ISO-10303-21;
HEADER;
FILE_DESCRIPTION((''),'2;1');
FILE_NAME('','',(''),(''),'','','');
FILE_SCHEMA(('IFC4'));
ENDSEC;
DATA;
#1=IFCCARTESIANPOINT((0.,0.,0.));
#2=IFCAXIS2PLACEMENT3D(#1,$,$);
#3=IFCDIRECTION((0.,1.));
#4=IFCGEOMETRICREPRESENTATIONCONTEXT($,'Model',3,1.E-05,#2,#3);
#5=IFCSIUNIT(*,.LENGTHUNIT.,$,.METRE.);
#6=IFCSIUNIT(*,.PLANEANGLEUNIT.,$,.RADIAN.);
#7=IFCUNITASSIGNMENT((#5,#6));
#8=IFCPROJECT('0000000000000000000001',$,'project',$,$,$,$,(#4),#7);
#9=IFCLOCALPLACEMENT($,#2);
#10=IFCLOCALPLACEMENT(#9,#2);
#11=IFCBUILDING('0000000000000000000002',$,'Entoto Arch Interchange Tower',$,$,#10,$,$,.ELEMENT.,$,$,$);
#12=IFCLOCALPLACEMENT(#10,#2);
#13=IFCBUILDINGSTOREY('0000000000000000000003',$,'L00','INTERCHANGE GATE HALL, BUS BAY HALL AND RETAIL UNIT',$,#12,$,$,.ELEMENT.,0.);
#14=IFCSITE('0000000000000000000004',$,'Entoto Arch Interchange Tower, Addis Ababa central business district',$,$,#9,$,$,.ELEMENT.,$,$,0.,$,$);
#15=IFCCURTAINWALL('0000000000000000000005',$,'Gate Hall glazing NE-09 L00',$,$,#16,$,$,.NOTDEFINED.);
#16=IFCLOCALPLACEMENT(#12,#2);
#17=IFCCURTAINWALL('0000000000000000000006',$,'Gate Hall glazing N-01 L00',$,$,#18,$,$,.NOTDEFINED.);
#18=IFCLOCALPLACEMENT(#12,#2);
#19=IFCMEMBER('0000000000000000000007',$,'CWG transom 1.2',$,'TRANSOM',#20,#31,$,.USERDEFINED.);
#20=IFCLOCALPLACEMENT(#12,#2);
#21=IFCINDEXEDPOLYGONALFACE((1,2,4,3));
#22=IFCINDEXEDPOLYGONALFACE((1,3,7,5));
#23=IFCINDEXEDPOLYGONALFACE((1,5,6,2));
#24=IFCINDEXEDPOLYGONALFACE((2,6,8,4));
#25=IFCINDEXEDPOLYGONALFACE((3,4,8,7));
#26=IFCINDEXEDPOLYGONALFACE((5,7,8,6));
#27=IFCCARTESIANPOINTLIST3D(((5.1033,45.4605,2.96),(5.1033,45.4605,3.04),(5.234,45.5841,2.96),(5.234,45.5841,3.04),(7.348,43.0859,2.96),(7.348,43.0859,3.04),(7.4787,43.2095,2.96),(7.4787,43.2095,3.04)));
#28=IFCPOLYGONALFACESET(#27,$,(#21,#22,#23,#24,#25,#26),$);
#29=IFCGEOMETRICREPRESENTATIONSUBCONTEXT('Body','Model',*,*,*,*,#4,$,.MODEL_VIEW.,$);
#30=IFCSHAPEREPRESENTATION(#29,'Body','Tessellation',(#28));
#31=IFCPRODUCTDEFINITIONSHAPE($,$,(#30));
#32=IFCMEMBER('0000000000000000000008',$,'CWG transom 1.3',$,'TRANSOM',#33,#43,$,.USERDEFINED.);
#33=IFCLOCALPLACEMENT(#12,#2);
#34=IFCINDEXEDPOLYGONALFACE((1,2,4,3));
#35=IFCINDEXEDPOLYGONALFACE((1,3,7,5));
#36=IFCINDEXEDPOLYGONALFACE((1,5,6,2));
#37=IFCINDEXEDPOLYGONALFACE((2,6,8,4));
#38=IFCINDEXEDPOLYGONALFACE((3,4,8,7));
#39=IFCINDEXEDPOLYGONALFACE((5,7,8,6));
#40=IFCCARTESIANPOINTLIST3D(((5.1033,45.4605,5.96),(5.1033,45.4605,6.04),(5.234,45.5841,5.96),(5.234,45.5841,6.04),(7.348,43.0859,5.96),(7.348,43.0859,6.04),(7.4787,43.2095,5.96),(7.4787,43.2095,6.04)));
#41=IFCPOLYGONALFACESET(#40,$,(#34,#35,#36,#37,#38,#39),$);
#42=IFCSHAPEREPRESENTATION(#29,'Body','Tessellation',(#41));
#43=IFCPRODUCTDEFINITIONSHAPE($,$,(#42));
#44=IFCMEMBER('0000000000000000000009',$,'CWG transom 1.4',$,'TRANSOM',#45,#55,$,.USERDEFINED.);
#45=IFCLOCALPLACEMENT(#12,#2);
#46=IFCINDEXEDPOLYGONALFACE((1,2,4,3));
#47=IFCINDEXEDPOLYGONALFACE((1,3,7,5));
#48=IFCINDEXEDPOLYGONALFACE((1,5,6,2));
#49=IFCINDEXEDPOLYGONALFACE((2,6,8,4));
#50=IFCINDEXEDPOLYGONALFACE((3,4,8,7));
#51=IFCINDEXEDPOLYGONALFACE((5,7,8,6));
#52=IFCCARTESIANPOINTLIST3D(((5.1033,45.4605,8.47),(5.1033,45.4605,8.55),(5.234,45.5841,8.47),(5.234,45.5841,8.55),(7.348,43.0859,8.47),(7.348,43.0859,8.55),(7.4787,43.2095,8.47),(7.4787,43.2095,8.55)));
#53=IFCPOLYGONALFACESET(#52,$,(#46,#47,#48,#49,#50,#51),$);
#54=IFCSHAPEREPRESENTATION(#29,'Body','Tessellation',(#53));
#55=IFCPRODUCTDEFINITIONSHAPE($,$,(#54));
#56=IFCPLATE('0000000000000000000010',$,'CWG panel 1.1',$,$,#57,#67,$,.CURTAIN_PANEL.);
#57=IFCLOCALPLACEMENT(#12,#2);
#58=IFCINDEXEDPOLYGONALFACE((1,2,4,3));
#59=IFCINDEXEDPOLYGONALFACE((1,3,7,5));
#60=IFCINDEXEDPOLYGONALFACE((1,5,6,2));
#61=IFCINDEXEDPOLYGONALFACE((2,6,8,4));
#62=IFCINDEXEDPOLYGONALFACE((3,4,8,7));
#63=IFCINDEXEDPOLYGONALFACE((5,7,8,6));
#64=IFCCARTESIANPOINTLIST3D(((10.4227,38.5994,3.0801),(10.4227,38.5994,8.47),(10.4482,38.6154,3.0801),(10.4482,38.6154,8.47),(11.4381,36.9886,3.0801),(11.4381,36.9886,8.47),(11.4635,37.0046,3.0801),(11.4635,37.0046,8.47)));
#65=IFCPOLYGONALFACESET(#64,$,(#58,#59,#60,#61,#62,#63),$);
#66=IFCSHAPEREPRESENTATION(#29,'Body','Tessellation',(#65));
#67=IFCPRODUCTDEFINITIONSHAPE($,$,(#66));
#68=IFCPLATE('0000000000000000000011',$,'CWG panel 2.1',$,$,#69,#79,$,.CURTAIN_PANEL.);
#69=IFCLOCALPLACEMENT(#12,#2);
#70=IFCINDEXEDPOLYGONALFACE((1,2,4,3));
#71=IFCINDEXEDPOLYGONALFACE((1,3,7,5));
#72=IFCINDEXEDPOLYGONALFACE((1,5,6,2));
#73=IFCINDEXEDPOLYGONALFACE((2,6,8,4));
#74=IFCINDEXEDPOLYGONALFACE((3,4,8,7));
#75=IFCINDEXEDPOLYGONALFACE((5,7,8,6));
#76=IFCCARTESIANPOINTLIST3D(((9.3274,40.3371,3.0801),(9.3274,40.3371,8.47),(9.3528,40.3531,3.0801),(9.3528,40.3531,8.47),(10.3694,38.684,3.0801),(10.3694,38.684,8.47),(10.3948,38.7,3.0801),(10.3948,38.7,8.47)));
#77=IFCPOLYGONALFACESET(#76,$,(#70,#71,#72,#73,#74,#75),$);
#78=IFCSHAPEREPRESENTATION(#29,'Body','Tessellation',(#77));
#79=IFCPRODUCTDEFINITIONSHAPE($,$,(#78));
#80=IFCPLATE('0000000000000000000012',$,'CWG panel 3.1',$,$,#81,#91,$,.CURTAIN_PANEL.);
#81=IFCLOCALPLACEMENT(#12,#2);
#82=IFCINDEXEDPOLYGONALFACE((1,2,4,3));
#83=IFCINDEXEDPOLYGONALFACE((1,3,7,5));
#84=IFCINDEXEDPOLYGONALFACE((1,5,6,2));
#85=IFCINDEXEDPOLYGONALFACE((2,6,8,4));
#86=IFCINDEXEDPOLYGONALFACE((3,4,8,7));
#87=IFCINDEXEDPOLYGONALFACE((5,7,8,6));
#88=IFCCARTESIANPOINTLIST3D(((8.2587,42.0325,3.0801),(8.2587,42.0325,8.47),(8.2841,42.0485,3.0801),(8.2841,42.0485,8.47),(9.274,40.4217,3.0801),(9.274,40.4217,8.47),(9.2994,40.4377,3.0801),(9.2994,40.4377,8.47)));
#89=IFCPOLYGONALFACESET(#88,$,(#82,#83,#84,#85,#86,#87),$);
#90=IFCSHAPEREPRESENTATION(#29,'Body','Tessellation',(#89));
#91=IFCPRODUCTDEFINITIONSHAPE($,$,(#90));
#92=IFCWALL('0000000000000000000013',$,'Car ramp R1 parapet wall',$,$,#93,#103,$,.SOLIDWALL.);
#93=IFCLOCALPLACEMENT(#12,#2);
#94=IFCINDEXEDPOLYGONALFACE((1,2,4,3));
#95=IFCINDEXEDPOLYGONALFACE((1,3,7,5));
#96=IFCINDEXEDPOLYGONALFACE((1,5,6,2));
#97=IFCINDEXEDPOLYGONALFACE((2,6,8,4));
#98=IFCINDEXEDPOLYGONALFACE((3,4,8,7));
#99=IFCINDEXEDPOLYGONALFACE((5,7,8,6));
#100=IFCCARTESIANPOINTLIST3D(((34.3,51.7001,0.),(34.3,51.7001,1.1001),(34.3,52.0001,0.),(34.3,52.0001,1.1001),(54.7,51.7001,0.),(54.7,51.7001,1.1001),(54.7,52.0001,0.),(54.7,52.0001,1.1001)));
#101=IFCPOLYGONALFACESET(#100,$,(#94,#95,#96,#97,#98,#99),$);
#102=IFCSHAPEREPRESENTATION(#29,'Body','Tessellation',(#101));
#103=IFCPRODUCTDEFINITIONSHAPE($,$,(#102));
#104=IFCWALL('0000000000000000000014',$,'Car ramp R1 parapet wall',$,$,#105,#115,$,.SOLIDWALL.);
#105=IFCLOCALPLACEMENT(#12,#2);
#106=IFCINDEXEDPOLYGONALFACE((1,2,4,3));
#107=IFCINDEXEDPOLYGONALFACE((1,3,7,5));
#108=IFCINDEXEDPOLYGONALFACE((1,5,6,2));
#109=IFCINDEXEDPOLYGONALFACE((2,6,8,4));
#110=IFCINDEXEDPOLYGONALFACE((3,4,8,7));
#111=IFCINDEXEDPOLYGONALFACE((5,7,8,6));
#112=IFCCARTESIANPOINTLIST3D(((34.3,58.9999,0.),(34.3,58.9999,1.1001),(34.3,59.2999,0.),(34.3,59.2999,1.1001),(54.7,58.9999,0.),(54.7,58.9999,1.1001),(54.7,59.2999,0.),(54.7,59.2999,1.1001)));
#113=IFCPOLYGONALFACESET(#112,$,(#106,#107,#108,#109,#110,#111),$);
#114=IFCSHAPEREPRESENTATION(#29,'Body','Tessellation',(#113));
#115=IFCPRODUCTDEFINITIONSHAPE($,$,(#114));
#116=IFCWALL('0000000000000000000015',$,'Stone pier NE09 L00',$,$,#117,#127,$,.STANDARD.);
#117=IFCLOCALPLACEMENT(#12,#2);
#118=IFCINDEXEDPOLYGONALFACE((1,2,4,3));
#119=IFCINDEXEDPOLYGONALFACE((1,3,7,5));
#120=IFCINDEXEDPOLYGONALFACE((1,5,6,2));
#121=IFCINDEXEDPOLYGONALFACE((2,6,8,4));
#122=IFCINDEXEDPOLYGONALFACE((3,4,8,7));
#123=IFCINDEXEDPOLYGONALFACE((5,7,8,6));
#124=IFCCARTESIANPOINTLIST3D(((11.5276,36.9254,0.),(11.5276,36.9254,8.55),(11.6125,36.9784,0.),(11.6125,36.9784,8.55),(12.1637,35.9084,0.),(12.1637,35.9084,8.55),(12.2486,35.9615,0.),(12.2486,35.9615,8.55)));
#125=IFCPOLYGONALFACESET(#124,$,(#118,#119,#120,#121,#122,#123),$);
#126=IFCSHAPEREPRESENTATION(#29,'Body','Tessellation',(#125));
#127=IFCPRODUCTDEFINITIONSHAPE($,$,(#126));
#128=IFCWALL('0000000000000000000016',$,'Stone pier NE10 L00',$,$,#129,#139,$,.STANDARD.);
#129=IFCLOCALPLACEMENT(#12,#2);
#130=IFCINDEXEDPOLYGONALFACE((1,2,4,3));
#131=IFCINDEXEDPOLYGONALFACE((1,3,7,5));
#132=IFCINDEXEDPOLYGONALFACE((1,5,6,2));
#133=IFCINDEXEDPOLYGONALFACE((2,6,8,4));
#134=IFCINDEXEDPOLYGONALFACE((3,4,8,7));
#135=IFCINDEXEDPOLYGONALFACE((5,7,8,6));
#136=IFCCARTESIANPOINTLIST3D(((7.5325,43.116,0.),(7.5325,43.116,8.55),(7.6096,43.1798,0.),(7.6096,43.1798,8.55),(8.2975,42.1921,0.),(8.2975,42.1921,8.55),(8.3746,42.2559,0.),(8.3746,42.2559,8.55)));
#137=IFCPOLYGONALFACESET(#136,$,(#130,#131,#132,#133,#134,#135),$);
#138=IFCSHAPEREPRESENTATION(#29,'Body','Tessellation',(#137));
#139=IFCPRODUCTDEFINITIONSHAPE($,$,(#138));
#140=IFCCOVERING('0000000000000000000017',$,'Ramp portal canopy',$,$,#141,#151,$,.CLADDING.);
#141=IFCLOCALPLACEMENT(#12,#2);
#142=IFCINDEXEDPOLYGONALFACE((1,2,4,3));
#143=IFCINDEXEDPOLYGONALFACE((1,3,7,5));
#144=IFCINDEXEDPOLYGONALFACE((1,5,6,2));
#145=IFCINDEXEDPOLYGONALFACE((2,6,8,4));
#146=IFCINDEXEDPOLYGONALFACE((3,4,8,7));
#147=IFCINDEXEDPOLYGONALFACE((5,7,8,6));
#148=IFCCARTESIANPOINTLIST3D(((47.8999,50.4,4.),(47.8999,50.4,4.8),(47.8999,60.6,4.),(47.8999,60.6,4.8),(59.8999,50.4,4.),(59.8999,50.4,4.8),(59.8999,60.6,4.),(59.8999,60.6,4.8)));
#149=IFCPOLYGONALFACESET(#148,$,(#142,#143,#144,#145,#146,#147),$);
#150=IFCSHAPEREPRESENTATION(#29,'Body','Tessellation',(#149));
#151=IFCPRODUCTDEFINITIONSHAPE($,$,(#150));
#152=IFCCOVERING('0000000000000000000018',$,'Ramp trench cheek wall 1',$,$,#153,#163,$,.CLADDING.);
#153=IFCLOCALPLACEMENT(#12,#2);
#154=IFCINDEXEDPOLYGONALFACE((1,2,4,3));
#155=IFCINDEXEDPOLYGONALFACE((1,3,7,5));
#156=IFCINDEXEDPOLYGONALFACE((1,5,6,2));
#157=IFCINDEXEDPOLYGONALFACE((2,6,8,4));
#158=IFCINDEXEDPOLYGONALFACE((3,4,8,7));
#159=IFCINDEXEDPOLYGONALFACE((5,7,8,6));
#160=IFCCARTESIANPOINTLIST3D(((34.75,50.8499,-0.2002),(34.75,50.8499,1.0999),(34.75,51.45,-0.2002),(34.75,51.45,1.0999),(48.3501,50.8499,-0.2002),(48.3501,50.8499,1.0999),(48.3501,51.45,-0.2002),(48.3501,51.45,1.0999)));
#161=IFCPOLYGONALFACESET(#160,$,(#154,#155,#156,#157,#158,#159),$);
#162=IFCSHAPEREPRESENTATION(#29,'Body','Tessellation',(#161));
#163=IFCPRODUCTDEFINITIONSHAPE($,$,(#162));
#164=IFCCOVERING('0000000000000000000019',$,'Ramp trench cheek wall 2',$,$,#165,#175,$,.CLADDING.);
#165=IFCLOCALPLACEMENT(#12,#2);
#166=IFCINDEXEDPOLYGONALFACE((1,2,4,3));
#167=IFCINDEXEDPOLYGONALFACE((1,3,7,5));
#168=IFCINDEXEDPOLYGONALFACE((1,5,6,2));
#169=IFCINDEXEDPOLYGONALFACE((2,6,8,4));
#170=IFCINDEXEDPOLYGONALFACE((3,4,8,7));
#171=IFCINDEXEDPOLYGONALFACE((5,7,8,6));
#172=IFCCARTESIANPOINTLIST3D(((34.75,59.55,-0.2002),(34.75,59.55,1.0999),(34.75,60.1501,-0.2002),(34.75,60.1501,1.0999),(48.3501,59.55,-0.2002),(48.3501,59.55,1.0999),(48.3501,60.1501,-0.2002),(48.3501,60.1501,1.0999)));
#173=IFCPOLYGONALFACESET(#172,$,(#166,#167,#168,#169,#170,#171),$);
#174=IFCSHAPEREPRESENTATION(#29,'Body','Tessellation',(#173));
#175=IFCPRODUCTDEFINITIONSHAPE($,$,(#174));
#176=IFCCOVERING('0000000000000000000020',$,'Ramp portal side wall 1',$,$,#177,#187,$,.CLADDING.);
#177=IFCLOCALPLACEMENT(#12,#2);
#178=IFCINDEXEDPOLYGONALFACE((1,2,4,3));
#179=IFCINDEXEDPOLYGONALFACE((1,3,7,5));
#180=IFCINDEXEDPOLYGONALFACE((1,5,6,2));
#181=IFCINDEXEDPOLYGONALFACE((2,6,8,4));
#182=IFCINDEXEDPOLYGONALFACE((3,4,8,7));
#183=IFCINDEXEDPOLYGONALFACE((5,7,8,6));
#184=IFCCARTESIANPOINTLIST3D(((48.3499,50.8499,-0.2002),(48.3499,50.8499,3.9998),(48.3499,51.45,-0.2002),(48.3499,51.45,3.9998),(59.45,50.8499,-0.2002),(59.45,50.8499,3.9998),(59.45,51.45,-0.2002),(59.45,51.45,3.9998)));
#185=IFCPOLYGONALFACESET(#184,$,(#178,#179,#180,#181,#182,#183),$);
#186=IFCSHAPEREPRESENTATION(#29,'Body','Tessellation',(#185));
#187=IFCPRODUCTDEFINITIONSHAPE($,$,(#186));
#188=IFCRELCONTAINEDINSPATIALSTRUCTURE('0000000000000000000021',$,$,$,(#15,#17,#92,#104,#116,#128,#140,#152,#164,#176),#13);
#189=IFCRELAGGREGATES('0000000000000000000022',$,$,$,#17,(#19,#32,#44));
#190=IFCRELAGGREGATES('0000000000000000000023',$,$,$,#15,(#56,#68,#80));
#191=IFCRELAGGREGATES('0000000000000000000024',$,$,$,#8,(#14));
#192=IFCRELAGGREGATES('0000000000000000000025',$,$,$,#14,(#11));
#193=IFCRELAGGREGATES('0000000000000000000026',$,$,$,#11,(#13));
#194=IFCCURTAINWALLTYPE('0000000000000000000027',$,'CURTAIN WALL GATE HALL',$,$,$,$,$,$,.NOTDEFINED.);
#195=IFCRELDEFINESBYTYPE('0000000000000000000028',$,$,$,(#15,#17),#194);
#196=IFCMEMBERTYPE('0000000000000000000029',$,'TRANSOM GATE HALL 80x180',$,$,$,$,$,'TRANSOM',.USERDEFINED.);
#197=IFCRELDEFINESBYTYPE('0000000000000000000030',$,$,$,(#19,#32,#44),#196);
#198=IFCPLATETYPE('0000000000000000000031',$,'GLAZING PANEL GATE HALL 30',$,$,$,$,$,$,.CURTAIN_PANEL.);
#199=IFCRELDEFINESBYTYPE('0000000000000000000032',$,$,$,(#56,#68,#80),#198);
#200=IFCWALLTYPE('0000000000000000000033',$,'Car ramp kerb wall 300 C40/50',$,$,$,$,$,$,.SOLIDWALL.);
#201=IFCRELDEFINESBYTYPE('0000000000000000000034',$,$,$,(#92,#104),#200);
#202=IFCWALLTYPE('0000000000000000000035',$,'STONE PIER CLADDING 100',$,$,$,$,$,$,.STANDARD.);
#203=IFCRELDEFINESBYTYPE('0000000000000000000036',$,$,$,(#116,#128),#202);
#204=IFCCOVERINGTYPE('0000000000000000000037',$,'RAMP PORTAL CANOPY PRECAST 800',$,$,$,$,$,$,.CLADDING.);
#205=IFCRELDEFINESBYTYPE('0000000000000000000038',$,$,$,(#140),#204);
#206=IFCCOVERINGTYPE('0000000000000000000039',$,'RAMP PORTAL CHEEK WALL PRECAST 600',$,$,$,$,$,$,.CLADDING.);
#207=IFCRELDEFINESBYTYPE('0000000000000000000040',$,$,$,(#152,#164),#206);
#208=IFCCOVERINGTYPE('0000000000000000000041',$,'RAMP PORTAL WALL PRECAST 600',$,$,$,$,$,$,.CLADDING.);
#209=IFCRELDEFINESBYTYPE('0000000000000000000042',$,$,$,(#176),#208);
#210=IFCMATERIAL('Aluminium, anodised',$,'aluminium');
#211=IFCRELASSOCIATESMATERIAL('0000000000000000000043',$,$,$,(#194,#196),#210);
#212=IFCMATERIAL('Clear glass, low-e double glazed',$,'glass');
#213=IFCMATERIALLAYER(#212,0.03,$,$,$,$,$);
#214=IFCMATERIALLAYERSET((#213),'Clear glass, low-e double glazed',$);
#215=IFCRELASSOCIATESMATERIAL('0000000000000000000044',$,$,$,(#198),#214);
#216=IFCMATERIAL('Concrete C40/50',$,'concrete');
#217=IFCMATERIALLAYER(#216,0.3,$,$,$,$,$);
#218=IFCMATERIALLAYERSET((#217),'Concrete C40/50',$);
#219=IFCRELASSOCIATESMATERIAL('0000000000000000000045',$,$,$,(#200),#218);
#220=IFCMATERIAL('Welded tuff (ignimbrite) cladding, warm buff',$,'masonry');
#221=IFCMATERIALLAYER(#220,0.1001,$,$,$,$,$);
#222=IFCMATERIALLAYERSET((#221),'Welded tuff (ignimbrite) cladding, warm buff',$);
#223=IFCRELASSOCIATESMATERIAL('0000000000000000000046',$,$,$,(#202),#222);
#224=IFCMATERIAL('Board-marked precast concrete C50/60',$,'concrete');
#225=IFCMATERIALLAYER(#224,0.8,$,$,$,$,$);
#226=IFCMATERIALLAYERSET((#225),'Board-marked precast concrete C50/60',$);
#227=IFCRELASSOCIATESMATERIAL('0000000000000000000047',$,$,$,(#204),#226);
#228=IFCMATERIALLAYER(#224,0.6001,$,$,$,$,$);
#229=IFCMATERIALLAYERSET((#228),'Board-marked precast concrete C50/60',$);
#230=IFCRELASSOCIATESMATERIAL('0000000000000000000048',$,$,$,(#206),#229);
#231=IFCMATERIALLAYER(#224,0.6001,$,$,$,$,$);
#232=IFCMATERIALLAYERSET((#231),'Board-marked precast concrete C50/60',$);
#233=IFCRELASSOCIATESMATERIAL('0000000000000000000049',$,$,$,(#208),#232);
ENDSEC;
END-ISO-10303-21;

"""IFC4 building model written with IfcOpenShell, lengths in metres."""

from ifc_helpers import new_model, si_unit, direction, frame, frame_2d, origin, origin_2d, place, context, subcontext, project, spatial, rectangle, extrude, material, layer, layer_set, material_profile, profile_set, type_object, element, aggregate, save


model = new_model("IFC4")

# Units and contexts
model_context = context("Model", 3, precision=1e-05, world=origin(), true_north=direction((0.0, 1.0)))
body_context = subcontext(model_context, "Body", "Model", "MODEL_VIEW")
ifc_project = project(units=[si_unit("LENGTHUNIT", "METRE"), si_unit("PLANEANGLEUNIT", "RADIAN")], contexts=[model_context])

# Site, building, storey
site_placement = place(None, origin())
site = spatial("IfcSite", under=ifc_project, at=site_placement, Name="Entoto Arch Interchange Tower, Addis Ababa central business district", CompositionType="ELEMENT", RefElevation=0.0)
building_placement = place(site_placement, origin())
building = spatial("IfcBuilding", under=site, at=building_placement, Name="Entoto Arch Interchange Tower", CompositionType="ELEMENT")
storey_placement = place(building_placement, origin())
storey = spatial("IfcBuildingStorey", under=building, at=storey_placement, Name="L00", Description="INTERCHANGE GATE HALL, BUS BAY HALL AND RETAIL UNIT", CompositionType="ELEMENT", Elevation=0.0)

# Shared definitions
ifc_material_1 = material(Name="Aluminium, anodised", Category="aluminium")
curtain_wall_type = type_object("IfcCurtainWallType", Name="CURTAIN WALL GATE HALL", PredefinedType="NOTDEFINED", material=ifc_material_1)

# Curtain wall
curtain_wall_1_placement = place(storey_placement, origin())
curtain_wall_1 = element("IfcCurtainWall", 1, at=curtain_wall_1_placement, inside=storey, type_object=curtain_wall_type, Name="Gate Hall glazing NE-09 L00", PredefinedType="NOTDEFINED")

# Curtain wall
curtain_wall_2_placement = place(storey_placement, origin())
curtain_wall_2 = element("IfcCurtainWall", 2, at=curtain_wall_2_placement, inside=storey, type_object=curtain_wall_type, Name="Gate Hall glazing N-01 L00", PredefinedType="NOTDEFINED")

# Members
ifc_material_profile_1 = material_profile(ifc_material_1, rectangle(XDim=0.1799, YDim=0.0801, at=origin_2d()))
ifc_profile_set_1 = profile_set([ifc_material_profile_1], Name="Aluminium, anodised")
member_type_1 = type_object("IfcMemberType", Name="TRANSOM GATE HALL 80x180", ElementType="TRANSOM", PredefinedType="USERDEFINED", material=ifc_profile_set_1)
member_1_placement = place(storey_placement, frame((7.4133, 43.1477, 3.0), z_axis=(-0.686953, 0.726702, 0.0), x_axis=(-0.726702, -0.686953, 0.0)))
member_1 = element("IfcMember", 3, at=member_1_placement, type_object=member_type_1, Name="CWG transom 1.2", ObjectType="TRANSOM", PredefinedType="USERDEFINED", context=body_context, shape_type="SweptSolid", body=[
    extrude(rectangle(XDim=0.1799, YDim=0.0801, at=origin_2d()), origin(), (0.0, 0.0, 1.0), 3.2676),
])
member_2_placement = place(storey_placement, frame((7.4133, 43.1477, 6.0), z_axis=(-0.686953, 0.726702, 0.0), x_axis=(-0.726702, -0.686953, 0.0)))
member_2 = element("IfcMember", 4, at=member_2_placement, type_object=member_type_1, Name="CWG transom 1.3", ObjectType="TRANSOM", PredefinedType="USERDEFINED", context=body_context, shape_type="SweptSolid", body=[
    extrude(rectangle(XDim=0.1799, YDim=0.0801, at=origin_2d()), origin(), (0.0, 0.0, 1.0), 3.2676),
])
member_3_placement = place(storey_placement, frame((7.4133, 43.1477, 8.51), z_axis=(-0.686953, 0.726702, 0.0), x_axis=(-0.726702, -0.686953, 0.0)))
member_3 = element("IfcMember", 5, at=member_3_placement, type_object=member_type_1, Name="CWG transom 1.4", ObjectType="TRANSOM", PredefinedType="USERDEFINED", context=body_context, shape_type="SweptSolid", body=[
    extrude(rectangle(XDim=0.1799, YDim=0.0801, at=origin_2d()), origin(), (0.0, 0.0, 1.0), 3.2676),
])
aggregate(curtain_wall_2, [member_1, member_2, member_3])

# Plates
ifc_material_2 = material(Name="Clear glass, low-e double glazed", Category="glass")
ifc_layer_1 = layer(ifc_material_2, 0.03)
ifc_layer_set_1 = layer_set([ifc_layer_1], Name="Clear glass, low-e double glazed")
plate_type = type_object("IfcPlateType", Name="GLAZING PANEL GATE HALL 30", PredefinedType="CURTAIN_PANEL", material=ifc_layer_set_1)
plate_1_placement = place(storey_placement, frame((10.9431, 37.802, 3.0801), z_axis=(0.0, 0.0, 1.0), x_axis=(-0.533248, 0.845959, 0.0)))
plate_1 = element("IfcPlate", 6, at=plate_1_placement, type_object=plate_type, Name="CWG panel 1.1", PredefinedType="CURTAIN_PANEL", context=body_context, shape_type="SweptSolid", body=[
    extrude(rectangle(XDim=1.9041, YDim=0.03, at=origin_2d()), origin(), (0.0, 0.0, 1.0), 5.3899),
])
plate_2_placement = place(storey_placement, frame((9.8611, 39.5186, 3.0801), z_axis=(0.0, 0.0, 1.0), x_axis=(-0.533248, 0.845959, 0.0)))
plate_2 = element("IfcPlate", 7, at=plate_2_placement, type_object=plate_type, Name="CWG panel 2.1", PredefinedType="CURTAIN_PANEL", context=body_context, shape_type="SweptSolid", body=[
    extrude(rectangle(XDim=1.9541, YDim=0.03, at=origin_2d()), origin(), (0.0, 0.0, 1.0), 5.3899),
])
plate_3_placement = place(storey_placement, frame((8.7791, 41.2351, 3.0801), z_axis=(0.0, 0.0, 1.0), x_axis=(-0.533248, 0.845959, 0.0)))
plate_3 = element("IfcPlate", 8, at=plate_3_placement, type_object=plate_type, Name="CWG panel 3.1", PredefinedType="CURTAIN_PANEL", context=body_context, shape_type="SweptSolid", body=[
    extrude(rectangle(XDim=1.9041, YDim=0.03, at=origin_2d()), origin(), (0.0, 0.0, 1.0), 5.3899),
])
aggregate(curtain_wall_1, [plate_1, plate_2, plate_3])

# Walls
ifc_material_3 = material(Name="Concrete C40/50", Category="concrete")
ifc_layer_2 = layer(ifc_material_3, 0.3)
ifc_layer_set_2 = layer_set([ifc_layer_2], Name="Concrete C40/50")
wall_type_1 = type_object("IfcWallType", Name="Car ramp kerb wall 300 C40/50", PredefinedType="SOLIDWALL", material=ifc_layer_set_2)
for number, where, z_axis, x_axis, name in (
    (9, (34.3, 51.8501, 0.0), (0.0, 0.0, 1.0), (1.0, 0.0, 0.0), "Car ramp R1 parapet wall"),
    (10, (34.3, 59.1499, 0.0), (0.0, 0.0, 1.0), (1.0, 0.0, 0.0), "Car ramp R1 parapet wall"),
):
    element("IfcWall", number, at=place(storey_placement, frame(where, z_axis=z_axis, x_axis=x_axis)), inside=storey, type_object=wall_type_1, Name=name, PredefinedType="SOLIDWALL", context=body_context, shape_type="SweptSolid", body=[
        extrude(rectangle(XDim=20.3999, YDim=0.3, at=frame_2d((10.2, 0.0))), origin(), (0.0, 0.0, 1.0), 1.1001),
    ])

# Shared definitions
ifc_material_4 = material(Name="Welded tuff (ignimbrite) cladding, warm buff", Category="masonry")

# Walls
ifc_layer_3 = layer(ifc_material_4, 0.1001)
ifc_layer_set_3 = layer_set([ifc_layer_3], Name="Welded tuff (ignimbrite) cladding, warm buff")
wall_type_2 = type_object("IfcWallType", Name="STONE PIER CLADDING 100", PredefinedType="STANDARD", material=ifc_layer_set_3)
for number, where, z_axis, x_axis, name in (
    (11, (12.2061, 35.9351, 0.0), (0.0, 0.0, 1.0), (-0.530273, 0.847827, 0.0), "Stone pier NE09 L00"),
    (12, (8.3359, 42.2241, 0.0), (0.0, 0.0, 1.0), (-0.637739, 0.770253, 0.0), "Stone pier NE10 L00"),
):
    element("IfcWall", number, at=place(storey_placement, frame(where, z_axis=z_axis, x_axis=x_axis)), inside=storey, type_object=wall_type_2, Name=name, PredefinedType="STANDARD", context=body_context, shape_type="SweptSolid", body=[
        extrude(rectangle(XDim=1.1995, YDim=0.1001, at=frame_2d((0.5996, 0.0))), origin(), (0.0, 0.0, 1.0), 8.55),
    ])

# Coverings
ifc_material_5 = material(Name="Board-marked precast concrete C50/60", Category="concrete")
ifc_layer_4 = layer(ifc_material_5, 0.8)
ifc_layer_set_4 = layer_set([ifc_layer_4], Name="Board-marked precast concrete C50/60")
covering_type_1 = type_object("IfcCoveringType", Name="RAMP PORTAL CANOPY PRECAST 800", PredefinedType="CLADDING", material=ifc_layer_set_4)
covering_placement = place(storey_placement, frame((53.8999, 55.5, 4.0), z_axis=(0.0, 0.0, 1.0), x_axis=(1.0, 0.0, 0.0)))
element("IfcCovering", 13, at=covering_placement, inside=storey, type_object=covering_type_1, Name="Ramp portal canopy", PredefinedType="CLADDING", context=body_context, shape_type="SweptSolid", body=[
    extrude(rectangle(XDim=12.0, YDim=10.2, at=origin_2d()), origin(), (0.0, 0.0, 1.0), 0.8),
])
ifc_layer_5 = layer(ifc_material_5, 0.6001)
ifc_layer_set_5 = layer_set([ifc_layer_5], Name="Board-marked precast concrete C50/60")
covering_type_2 = type_object("IfcCoveringType", Name="RAMP PORTAL CHEEK WALL PRECAST 600", PredefinedType="CLADDING", material=ifc_layer_set_5)
for number, where, z_axis, x_axis, name in (
    (14, (41.55, 51.1499, -0.2002), (0.0, 0.0, 1.0), (1.0, 0.0, 0.0), "Ramp trench cheek wall 1"),
    (15, (41.55, 59.8501, -0.2002), (0.0, 0.0, 1.0), (1.0, 0.0, 0.0), "Ramp trench cheek wall 2"),
):
    element("IfcCovering", number, at=place(storey_placement, frame(where, z_axis=z_axis, x_axis=x_axis)), inside=storey, type_object=covering_type_2, Name=name, PredefinedType="CLADDING", context=body_context, shape_type="SweptSolid", body=[
        extrude(rectangle(XDim=13.6001, YDim=0.6001, at=origin_2d()), origin(), (0.0, 0.0, 1.0), 1.3),
    ])
ifc_layer_6 = layer(ifc_material_5, 0.6001)
ifc_layer_set_6 = layer_set([ifc_layer_6], Name="Board-marked precast concrete C50/60")
covering_type_3 = type_object("IfcCoveringType", Name="RAMP PORTAL WALL PRECAST 600", PredefinedType="CLADDING", material=ifc_layer_set_6)
for number, where, z_axis, x_axis, name in (
    (16, (53.8999, 51.1499, -0.2002), (0.0, 0.0, 1.0), (1.0, 0.0, 0.0), "Ramp portal side wall 1"),
):
    element("IfcCovering", number, at=place(storey_placement, frame(where, z_axis=z_axis, x_axis=x_axis)), inside=storey, type_object=covering_type_3, Name=name, PredefinedType="CLADDING", context=body_context, shape_type="SweptSolid", body=[
        extrude(rectangle(XDim=11.1001, YDim=0.6001, at=origin_2d()), origin(), (0.0, 0.0, 1.0), 4.2),
    ])

save(model, "model.ifc")
